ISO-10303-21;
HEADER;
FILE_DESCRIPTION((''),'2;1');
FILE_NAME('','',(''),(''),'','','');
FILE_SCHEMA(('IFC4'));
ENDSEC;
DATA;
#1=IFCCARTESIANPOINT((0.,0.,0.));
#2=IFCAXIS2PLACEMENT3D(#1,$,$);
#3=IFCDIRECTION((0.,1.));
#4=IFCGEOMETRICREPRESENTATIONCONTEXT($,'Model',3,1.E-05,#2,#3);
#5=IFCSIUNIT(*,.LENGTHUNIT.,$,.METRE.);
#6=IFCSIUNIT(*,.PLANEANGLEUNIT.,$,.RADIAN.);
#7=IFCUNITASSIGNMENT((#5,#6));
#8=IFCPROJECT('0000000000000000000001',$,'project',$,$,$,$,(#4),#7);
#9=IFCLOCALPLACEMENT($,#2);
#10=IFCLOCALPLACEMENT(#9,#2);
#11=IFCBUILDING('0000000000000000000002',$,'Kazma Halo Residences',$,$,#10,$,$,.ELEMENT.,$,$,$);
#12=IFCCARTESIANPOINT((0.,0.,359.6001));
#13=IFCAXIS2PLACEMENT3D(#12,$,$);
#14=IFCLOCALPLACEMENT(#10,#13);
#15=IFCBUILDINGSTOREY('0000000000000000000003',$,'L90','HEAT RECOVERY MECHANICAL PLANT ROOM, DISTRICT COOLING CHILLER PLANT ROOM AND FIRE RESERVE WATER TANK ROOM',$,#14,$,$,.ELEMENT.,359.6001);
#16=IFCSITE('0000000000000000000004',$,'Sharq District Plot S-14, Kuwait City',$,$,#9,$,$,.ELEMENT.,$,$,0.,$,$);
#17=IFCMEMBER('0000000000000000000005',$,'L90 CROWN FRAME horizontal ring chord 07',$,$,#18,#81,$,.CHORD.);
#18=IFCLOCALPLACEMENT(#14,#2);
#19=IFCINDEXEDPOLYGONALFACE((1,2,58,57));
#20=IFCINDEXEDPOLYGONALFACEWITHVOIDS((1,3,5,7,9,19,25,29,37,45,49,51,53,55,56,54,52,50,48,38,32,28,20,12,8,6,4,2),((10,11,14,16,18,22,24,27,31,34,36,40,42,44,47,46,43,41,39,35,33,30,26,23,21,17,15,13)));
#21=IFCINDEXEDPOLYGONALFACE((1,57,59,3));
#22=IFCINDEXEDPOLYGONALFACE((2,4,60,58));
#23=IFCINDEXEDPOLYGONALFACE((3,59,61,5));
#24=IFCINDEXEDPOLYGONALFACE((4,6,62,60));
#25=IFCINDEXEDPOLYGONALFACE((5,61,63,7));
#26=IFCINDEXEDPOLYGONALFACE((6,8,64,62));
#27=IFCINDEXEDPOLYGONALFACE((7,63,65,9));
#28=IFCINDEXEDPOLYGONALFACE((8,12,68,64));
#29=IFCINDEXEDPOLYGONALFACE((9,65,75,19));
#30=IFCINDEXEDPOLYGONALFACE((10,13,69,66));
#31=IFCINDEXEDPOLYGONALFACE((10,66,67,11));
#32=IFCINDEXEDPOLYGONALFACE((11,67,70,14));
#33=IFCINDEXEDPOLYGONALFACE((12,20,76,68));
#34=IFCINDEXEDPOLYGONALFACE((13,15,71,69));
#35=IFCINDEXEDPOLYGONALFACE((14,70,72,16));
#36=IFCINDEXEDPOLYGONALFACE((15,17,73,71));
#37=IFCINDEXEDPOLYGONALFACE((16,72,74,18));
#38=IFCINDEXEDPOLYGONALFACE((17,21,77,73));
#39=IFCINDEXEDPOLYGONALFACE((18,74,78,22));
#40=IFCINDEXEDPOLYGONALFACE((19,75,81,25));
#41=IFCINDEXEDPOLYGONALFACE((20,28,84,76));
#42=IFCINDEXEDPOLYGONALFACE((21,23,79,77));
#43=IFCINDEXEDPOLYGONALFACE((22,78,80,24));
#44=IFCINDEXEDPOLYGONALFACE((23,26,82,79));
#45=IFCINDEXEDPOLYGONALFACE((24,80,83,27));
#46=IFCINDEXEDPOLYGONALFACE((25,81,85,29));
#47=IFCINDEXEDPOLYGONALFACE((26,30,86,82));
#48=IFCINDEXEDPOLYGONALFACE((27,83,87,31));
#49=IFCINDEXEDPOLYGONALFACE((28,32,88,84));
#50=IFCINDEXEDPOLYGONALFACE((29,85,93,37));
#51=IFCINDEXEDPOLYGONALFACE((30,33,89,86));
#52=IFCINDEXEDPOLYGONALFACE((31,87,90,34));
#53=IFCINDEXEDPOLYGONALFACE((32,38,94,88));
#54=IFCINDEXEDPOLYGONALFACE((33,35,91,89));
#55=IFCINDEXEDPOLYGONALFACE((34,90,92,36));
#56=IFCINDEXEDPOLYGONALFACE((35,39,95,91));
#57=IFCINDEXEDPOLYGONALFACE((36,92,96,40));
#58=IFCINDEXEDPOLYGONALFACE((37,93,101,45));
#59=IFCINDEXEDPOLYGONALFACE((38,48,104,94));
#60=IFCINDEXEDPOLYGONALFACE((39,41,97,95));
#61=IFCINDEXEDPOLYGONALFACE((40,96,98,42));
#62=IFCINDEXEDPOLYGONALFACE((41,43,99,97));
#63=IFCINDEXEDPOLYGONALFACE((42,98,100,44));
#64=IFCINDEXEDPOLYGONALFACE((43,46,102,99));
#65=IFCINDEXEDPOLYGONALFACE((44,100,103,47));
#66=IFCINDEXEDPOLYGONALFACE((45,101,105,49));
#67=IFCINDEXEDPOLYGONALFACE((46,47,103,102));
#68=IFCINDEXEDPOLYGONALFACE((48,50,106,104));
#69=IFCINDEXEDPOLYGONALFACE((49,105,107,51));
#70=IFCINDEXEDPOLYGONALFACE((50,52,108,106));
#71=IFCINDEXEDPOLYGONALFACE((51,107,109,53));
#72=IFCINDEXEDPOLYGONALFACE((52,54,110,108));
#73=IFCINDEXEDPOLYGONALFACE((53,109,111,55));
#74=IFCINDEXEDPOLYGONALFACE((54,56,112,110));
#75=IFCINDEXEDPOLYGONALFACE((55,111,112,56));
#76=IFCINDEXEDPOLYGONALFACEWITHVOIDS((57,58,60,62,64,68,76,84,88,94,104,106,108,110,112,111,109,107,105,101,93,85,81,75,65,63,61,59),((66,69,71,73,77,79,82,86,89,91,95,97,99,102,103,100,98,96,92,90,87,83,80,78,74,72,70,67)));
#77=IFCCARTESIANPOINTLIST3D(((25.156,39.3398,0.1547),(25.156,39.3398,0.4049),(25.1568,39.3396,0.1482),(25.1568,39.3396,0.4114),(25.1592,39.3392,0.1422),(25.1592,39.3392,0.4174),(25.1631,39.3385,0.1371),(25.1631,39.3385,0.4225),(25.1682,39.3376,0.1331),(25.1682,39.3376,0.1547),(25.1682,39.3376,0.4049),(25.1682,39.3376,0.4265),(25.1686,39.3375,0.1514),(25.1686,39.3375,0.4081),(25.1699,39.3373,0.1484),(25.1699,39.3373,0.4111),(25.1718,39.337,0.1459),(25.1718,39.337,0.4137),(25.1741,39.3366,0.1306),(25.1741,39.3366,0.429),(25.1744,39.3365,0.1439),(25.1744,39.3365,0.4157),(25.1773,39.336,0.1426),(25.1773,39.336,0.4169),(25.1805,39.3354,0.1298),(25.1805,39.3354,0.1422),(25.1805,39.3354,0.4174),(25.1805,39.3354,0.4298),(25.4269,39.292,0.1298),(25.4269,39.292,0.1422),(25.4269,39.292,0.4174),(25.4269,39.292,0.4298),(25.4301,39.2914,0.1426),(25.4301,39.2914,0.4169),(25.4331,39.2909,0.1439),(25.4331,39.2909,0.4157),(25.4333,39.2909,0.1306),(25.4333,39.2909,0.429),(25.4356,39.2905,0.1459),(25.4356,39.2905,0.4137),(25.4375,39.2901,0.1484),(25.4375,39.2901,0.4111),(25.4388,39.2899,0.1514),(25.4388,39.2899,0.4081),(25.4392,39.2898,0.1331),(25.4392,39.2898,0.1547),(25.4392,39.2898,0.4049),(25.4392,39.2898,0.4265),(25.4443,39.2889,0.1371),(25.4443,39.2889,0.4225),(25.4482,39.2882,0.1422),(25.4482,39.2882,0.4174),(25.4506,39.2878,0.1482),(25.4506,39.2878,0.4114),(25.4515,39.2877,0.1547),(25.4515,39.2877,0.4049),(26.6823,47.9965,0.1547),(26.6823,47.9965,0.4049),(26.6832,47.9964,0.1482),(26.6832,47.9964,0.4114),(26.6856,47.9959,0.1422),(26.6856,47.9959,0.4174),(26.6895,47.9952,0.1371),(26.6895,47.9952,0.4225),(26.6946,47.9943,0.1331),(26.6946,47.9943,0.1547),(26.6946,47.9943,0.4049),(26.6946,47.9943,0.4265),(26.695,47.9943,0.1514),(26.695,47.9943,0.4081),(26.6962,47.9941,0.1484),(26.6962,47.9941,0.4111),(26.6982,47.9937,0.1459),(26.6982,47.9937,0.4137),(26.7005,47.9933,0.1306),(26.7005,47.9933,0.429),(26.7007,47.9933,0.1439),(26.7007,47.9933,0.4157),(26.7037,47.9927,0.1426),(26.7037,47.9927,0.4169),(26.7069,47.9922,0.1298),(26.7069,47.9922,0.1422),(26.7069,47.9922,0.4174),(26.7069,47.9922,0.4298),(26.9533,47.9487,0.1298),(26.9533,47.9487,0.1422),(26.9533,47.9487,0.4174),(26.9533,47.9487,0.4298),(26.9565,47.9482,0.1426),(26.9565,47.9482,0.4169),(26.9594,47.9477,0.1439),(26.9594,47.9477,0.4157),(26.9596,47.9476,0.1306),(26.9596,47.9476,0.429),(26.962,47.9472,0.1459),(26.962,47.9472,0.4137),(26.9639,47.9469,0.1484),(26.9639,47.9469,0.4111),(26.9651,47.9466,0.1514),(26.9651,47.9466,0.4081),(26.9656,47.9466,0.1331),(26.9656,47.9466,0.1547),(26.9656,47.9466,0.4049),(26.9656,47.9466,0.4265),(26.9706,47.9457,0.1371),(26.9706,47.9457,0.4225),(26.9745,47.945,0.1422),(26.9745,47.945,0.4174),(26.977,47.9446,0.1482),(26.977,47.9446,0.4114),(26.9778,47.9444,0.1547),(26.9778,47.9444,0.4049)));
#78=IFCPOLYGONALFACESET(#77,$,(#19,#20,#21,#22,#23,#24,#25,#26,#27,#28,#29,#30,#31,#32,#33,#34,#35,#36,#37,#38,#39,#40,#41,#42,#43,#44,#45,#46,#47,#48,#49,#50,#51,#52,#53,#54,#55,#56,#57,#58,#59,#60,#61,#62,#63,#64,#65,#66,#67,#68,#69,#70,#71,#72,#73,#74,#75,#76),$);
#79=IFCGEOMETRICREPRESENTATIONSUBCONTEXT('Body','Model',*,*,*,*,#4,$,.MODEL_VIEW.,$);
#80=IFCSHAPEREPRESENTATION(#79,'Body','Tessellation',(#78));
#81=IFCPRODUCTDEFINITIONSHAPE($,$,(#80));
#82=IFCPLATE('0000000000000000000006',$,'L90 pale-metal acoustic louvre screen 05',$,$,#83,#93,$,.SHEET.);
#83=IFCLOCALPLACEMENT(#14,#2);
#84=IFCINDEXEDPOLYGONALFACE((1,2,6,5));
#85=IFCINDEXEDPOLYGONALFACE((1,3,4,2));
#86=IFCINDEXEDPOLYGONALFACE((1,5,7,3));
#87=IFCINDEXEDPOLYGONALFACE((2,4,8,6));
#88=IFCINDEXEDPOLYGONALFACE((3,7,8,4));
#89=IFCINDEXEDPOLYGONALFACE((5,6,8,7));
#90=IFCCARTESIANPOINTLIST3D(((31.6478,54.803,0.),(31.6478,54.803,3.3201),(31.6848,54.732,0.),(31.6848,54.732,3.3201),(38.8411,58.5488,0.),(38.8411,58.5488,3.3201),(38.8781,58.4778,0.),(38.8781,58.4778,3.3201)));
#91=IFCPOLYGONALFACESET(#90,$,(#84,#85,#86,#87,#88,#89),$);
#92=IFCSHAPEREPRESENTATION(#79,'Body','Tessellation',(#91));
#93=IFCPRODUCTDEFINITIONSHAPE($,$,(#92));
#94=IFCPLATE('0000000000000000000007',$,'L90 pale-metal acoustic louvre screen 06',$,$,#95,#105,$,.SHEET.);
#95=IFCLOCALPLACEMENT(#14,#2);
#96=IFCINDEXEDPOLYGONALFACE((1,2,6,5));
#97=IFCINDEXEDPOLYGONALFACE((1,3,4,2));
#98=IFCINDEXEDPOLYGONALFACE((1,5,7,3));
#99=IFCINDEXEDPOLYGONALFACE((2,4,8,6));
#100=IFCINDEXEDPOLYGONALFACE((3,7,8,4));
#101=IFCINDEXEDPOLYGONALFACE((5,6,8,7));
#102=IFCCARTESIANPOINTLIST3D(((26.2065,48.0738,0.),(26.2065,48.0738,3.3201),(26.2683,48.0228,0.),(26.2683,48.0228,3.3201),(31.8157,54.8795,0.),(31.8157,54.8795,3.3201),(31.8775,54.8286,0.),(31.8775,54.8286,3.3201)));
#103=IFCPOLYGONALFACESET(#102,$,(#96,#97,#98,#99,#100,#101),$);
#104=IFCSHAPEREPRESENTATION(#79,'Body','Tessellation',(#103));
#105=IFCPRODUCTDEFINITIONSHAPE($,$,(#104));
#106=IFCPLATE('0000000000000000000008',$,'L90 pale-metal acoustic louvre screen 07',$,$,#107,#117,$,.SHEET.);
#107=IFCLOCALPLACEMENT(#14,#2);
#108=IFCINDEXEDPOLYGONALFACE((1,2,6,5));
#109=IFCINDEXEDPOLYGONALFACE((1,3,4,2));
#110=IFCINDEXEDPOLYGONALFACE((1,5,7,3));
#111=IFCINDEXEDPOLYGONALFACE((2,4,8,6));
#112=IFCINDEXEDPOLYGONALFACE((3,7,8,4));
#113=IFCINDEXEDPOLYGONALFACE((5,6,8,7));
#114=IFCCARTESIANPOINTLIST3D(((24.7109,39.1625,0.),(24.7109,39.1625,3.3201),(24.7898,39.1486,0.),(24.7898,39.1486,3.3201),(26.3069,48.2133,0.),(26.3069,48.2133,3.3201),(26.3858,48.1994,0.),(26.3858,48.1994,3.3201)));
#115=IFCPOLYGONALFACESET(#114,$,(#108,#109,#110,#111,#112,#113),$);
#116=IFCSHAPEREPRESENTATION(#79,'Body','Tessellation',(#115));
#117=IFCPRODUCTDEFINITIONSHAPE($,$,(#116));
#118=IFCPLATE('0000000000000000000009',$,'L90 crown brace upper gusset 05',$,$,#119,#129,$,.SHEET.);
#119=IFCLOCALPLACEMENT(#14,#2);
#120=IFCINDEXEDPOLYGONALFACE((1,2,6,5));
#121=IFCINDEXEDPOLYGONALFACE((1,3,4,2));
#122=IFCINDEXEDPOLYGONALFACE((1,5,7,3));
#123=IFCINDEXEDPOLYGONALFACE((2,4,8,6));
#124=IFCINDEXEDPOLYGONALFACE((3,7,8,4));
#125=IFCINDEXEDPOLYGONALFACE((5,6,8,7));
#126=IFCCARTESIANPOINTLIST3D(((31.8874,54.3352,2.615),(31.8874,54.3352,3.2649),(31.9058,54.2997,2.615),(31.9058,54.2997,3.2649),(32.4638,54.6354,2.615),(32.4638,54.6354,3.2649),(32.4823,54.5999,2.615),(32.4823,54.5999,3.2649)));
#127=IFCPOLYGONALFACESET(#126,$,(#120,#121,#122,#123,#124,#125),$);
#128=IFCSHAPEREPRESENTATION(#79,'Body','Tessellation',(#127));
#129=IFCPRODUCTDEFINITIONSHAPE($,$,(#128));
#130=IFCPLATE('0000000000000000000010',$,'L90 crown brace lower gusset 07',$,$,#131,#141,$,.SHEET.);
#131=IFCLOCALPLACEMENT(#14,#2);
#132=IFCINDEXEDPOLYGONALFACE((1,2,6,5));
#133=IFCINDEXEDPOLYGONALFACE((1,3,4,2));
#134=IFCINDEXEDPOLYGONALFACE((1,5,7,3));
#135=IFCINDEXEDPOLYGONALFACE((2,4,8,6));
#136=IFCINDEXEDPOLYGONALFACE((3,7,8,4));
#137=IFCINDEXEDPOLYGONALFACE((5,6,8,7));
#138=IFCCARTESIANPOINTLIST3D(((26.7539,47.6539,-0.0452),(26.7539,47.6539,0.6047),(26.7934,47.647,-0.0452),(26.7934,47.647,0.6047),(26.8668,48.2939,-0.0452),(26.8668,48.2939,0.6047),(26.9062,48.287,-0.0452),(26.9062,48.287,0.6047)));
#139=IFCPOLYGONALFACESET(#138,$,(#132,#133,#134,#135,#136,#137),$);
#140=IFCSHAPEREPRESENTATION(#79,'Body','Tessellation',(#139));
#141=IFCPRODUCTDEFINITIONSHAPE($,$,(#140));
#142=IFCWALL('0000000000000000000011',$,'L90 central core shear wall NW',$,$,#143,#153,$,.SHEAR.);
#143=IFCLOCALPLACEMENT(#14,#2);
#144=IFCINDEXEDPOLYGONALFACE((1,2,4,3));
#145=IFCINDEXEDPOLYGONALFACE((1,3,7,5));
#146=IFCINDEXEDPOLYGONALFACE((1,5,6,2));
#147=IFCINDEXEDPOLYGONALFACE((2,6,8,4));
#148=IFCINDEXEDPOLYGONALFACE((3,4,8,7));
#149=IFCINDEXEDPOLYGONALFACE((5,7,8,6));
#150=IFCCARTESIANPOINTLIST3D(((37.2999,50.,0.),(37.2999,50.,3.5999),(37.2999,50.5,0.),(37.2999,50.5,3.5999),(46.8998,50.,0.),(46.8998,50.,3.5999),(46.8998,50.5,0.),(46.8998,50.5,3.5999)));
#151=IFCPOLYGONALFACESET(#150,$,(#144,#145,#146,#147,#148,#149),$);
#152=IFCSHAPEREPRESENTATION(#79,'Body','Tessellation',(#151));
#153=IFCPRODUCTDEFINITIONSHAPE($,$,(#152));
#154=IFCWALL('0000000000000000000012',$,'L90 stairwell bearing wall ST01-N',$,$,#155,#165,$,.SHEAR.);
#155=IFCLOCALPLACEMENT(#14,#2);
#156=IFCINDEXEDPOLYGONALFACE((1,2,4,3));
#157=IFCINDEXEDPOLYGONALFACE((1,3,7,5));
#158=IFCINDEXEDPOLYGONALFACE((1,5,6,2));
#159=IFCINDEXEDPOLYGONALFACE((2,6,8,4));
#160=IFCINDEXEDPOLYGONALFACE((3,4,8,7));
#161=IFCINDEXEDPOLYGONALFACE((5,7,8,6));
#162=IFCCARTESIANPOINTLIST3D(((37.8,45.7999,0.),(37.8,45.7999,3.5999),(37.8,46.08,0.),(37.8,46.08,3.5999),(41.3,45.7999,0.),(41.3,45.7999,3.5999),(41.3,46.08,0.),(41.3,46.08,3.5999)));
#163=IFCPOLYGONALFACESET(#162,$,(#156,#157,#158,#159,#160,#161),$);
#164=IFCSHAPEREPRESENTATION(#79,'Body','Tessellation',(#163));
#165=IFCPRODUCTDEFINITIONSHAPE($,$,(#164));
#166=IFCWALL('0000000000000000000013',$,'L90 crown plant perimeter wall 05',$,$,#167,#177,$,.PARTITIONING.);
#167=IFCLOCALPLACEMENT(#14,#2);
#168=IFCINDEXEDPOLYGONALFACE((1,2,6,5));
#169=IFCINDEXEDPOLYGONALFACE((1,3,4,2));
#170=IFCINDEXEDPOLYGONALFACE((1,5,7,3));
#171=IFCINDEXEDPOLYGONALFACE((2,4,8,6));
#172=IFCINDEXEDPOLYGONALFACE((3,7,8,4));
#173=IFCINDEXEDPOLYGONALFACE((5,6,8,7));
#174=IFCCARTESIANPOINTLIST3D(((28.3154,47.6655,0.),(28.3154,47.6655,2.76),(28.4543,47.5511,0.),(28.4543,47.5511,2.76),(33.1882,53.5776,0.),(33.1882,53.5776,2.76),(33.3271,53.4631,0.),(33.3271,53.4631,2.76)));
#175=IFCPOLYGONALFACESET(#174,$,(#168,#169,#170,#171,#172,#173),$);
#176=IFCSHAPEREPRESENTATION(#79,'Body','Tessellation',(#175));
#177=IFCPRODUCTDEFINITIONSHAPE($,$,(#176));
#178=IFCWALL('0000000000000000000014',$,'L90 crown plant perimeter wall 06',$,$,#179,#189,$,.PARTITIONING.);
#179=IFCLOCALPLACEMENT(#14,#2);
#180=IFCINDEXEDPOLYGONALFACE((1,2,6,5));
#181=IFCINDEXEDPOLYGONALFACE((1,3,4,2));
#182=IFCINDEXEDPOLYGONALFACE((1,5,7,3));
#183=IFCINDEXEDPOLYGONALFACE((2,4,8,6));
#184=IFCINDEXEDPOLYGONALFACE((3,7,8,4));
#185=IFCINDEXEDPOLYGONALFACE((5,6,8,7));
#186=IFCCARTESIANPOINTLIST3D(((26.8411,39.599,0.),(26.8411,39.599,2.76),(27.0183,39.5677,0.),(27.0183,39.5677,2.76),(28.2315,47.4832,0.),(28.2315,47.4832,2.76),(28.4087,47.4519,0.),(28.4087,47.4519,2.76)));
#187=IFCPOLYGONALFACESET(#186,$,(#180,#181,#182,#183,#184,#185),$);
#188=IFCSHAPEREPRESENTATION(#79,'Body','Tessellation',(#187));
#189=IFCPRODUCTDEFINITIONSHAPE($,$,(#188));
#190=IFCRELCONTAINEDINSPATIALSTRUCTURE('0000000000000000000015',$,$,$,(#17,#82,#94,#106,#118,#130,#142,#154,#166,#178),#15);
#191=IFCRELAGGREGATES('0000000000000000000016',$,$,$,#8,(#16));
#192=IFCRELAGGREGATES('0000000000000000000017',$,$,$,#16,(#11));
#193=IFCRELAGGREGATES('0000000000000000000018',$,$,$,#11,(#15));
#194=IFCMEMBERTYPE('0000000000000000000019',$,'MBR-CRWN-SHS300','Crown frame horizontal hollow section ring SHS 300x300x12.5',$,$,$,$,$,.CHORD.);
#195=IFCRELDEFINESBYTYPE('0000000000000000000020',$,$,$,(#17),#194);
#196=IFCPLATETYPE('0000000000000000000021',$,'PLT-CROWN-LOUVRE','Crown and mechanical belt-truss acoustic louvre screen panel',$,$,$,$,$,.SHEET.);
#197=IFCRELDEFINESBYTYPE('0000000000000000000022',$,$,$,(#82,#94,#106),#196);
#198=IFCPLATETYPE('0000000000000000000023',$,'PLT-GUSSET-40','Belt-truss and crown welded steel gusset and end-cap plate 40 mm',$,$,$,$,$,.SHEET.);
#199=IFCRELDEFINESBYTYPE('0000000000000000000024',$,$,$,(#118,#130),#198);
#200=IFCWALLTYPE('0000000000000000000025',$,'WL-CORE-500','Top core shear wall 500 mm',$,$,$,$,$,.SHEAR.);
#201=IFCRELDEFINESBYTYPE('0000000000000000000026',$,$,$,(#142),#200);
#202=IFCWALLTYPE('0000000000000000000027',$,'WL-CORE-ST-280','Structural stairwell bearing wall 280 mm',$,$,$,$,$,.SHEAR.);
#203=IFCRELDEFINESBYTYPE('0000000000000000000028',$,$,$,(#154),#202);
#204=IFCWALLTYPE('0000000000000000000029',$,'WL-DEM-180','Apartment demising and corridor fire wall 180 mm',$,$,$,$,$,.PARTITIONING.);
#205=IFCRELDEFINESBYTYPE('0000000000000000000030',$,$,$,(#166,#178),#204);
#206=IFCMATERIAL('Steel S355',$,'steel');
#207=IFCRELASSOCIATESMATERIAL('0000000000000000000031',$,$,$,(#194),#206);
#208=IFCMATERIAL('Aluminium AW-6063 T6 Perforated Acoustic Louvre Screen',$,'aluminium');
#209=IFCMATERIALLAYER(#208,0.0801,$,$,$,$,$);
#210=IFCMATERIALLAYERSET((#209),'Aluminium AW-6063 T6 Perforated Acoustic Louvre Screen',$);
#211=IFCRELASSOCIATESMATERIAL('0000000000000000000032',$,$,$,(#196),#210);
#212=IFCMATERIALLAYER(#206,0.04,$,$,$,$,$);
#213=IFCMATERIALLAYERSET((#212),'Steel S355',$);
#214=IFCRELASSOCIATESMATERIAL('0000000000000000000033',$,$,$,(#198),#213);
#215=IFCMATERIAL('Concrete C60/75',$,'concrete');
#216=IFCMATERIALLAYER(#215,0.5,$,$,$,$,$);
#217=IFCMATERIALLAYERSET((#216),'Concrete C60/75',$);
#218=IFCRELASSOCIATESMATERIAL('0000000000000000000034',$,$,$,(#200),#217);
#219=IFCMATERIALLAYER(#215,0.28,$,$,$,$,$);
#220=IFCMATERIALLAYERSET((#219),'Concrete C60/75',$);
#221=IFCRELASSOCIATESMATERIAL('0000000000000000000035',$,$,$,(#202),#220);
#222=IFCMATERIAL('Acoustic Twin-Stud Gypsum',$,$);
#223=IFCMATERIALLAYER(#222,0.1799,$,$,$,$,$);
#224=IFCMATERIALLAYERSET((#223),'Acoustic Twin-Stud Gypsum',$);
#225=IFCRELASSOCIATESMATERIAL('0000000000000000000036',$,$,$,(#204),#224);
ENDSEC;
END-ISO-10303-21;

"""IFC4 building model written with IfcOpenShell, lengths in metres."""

from ifc_helpers import new_model, si_unit, direction, frame, frame_2d, origin, origin_2d, place, context, subcontext, project, spatial, rectangle, hollow_rectangle, extrude, material, layer, layer_set, material_profile, profile_set, type_object, element, save


model = new_model("IFC4")

# Units and contexts
model_context = context("Model", 3, precision=1e-05, world=origin(), true_north=direction((0.0, 1.0)))
body_context = subcontext(model_context, "Body", "Model", "MODEL_VIEW")
ifc_project = project(units=[si_unit("LENGTHUNIT", "METRE"), si_unit("PLANEANGLEUNIT", "RADIAN")], contexts=[model_context])

# Site, building, storey
site_placement = place(None, origin())
site = spatial("IfcSite", under=ifc_project, at=site_placement, Name="Sharq District Plot S-14, Kuwait City", CompositionType="ELEMENT", RefElevation=0.0)
building_placement = place(site_placement, origin())
building = spatial("IfcBuilding", under=site, at=building_placement, Name="Kazma Halo Residences", CompositionType="ELEMENT")
storey_placement = place(building_placement, frame((0.0, 0.0, 359.6001)))
storey = spatial("IfcBuildingStorey", under=building, at=storey_placement, Name="L90", Description="HEAT RECOVERY MECHANICAL PLANT ROOM, DISTRICT COOLING CHILLER PLANT ROOM AND FIRE RESERVE WATER TANK ROOM", CompositionType="ELEMENT", Elevation=359.6001)

# Shared definitions
ifc_material_1 = material(Name="Steel S355", Category="steel")

# Member
ifc_material_profile_1 = material_profile(ifc_material_1, hollow_rectangle(XDim=0.3, YDim=0.3, WallThickness=0.0125, InnerFilletRadius=0.0125, OuterFilletRadius=0.0249, at=origin_2d()), Name="SHS300x300x12.5")
ifc_profile_set_1 = profile_set([ifc_material_profile_1], Name="Steel S355")
member_type_1 = type_object("IfcMemberType", Name="MBR-CRWN-SHS300", Description="Crown frame horizontal hollow section ring SHS 300x300x12.5", PredefinedType="CHORD", material=ifc_profile_set_1)
member_1_placement = place(storey_placement, frame((26.8301, 47.9705, 0.2798), z_axis=(-0.173643, -0.984809, 0.0), x_axis=(0.984809, -0.173643, 0.0)))
element("IfcMember", 1, at=member_1_placement, inside=storey, type_object=member_type_1, Name="L90 CROWN FRAME horizontal ring chord 07", PredefinedType="CHORD", context=body_context, shape_type="SweptSolid", body=[
    extrude(hollow_rectangle(XDim=0.3, YDim=0.3, WallThickness=0.0125, InnerFilletRadius=0.0125, OuterFilletRadius=0.0249, at=origin_2d()), origin(), (0.0, 0.0, 1.0), 8.7903),
])

# Plates
ifc_material_2 = material(Name="Aluminium AW-6063 T6 Perforated Acoustic Louvre Screen", Category="aluminium")
ifc_layer_1 = layer(ifc_material_2, 0.0801)
ifc_layer_set_1 = layer_set([ifc_layer_1], Name="Aluminium AW-6063 T6 Perforated Acoustic Louvre Screen")
plate_type_1 = type_object("IfcPlateType", Name="PLT-CROWN-LOUVRE", Description="Crown and mechanical belt-truss acoustic louvre screen panel", PredefinedType="SHEET", material=ifc_layer_set_1)
plate_1_placement = place(storey_placement, frame((35.2629, 56.6404, 0.0), z_axis=(0.0, 0.0, 1.0), x_axis=(-0.88695, -0.461866, 0.0)))
element("IfcPlate", 2, at=plate_1_placement, inside=storey, type_object=plate_type_1, Name="L90 pale-metal acoustic louvre screen 05", PredefinedType="SHEET", context=body_context, shape_type="SweptSolid", body=[
    extrude(rectangle(XDim=8.1101, YDim=0.0801, at=origin_2d()), origin(), (0.0, 0.0, 1.0), 3.3201),
])
plate_2_placement = place(storey_placement, frame((29.042, 51.4512, 0.0), z_axis=(0.0, 0.0, 1.0), x_axis=(-0.636008, -0.771683, 0.0)))
element("IfcPlate", 3, at=plate_2_placement, inside=storey, type_object=plate_type_1, Name="L90 pale-metal acoustic louvre screen 06", PredefinedType="SHEET", context=body_context, shape_type="SweptSolid", body=[
    extrude(rectangle(XDim=8.8193, YDim=0.0801, at=origin_2d()), origin(), (0.0, 0.0, 1.0), 3.3201),
])
plate_3_placement = place(storey_placement, frame((25.5483, 43.6809, 0.0), z_axis=(0.0, 0.0, 1.0), x_axis=(-0.173656, -0.984806, 0.0)))
element("IfcPlate", 4, at=plate_3_placement, inside=storey, type_object=plate_type_1, Name="L90 pale-metal acoustic louvre screen 07", PredefinedType="SHEET", context=body_context, shape_type="SweptSolid", body=[
    extrude(rectangle(XDim=9.1904, YDim=0.0801, at=origin_2d()), origin(), (0.0, 0.0, 1.0), 3.3201),
])
ifc_layer_2 = layer(ifc_material_1, 0.04)
ifc_layer_set_2 = layer_set([ifc_layer_2], Name="Steel S355")
plate_type_2 = type_object("IfcPlateType", Name="PLT-GUSSET-40", Description="Belt-truss and crown welded steel gusset and end-cap plate 40 mm", PredefinedType="SHEET", material=ifc_layer_set_2)
for number, where, z_axis, x_axis, name in (
    (5, (32.1848, 54.4675, 2.615), (0.0, 0.0, 1.0), (-0.88695, -0.461866, 0.0), "L90 crown brace upper gusset 05"),
    (6, (26.8301, 47.9705, -0.0452), (0.0, 0.0, 1.0), (-0.173656, -0.984806, 0.0), "L90 crown brace lower gusset 07"),
):
    element("IfcPlate", number, at=place(storey_placement, frame(where, z_axis=z_axis, x_axis=x_axis)), inside=storey, type_object=plate_type_2, Name=name, PredefinedType="SHEET", context=body_context, shape_type="SweptSolid", body=[
        extrude(rectangle(XDim=0.6499, YDim=0.04, at=origin_2d()), origin(), (0.0, 0.0, 1.0), 0.6499),
    ])

# Walls
ifc_material_3 = material(Name="Concrete C60/75", Category="concrete")
ifc_layer_3 = layer(ifc_material_3, 0.5)
ifc_layer_set_3 = layer_set([ifc_layer_3], Name="Concrete C60/75")
wall_type_1 = type_object("IfcWallType", Name="WL-CORE-500", Description="Top core shear wall 500 mm", PredefinedType="SHEAR", material=ifc_layer_set_3)
wall_1_placement = place(storey_placement, frame((37.3, 50.25, 0.0), z_axis=(0.0, 0.0, 1.0), x_axis=(1.0, 0.0, 0.0)))
element("IfcWall", 7, at=wall_1_placement, inside=storey, type_object=wall_type_1, Name="L90 central core shear wall NW", PredefinedType="SHEAR", context=body_context, shape_type="SweptSolid", body=[
    extrude(rectangle(XDim=9.5999, YDim=0.5, at=frame_2d((4.7998, 0.0))), origin(), (0.0, 0.0, 1.0), 3.5999),
])
ifc_layer_4 = layer(ifc_material_3, 0.28)
ifc_layer_set_4 = layer_set([ifc_layer_4], Name="Concrete C60/75")
wall_type_2 = type_object("IfcWallType", Name="WL-CORE-ST-280", Description="Structural stairwell bearing wall 280 mm", PredefinedType="SHEAR", material=ifc_layer_set_4)
wall_2_placement = place(storey_placement, frame((37.8, 45.9399, 0.0), z_axis=(0.0, 0.0, 1.0), x_axis=(1.0, 0.0, 0.0)))
element("IfcWall", 8, at=wall_2_placement, inside=storey, type_object=wall_type_2, Name="L90 stairwell bearing wall ST01-N", PredefinedType="SHEAR", context=body_context, shape_type="SweptSolid", body=[
    extrude(rectangle(XDim=3.5, YDim=0.28, at=frame_2d((1.75, 0.0))), origin(), (0.0, 0.0, 1.0), 3.5999),
])
ifc_material_4 = material(Name="Acoustic Twin-Stud Gypsum")
ifc_layer_5 = layer(ifc_material_4, 0.1799)
ifc_layer_set_5 = layer_set([ifc_layer_5], Name="Acoustic Twin-Stud Gypsum")
wall_type_3 = type_object("IfcWallType", Name="WL-DEM-180", Description="Apartment demising and corridor fire wall 180 mm", PredefinedType="PARTITIONING", material=ifc_layer_set_5)
wall_3_placement = place(storey_placement, frame((33.2576, 53.5203, 0.0), z_axis=(0.0, 0.0, 1.0), x_axis=(-0.636019, -0.771674, 0.0)))
element("IfcWall", 9, at=wall_3_placement, inside=storey, type_object=wall_type_3, Name="L90 crown plant perimeter wall 05", PredefinedType="PARTITIONING", context=body_context, shape_type="SweptSolid", body=[
    extrude(rectangle(XDim=7.6614, YDim=0.1799, at=frame_2d((3.8306, 0.0))), origin(), (0.0, 0.0, 1.0), 2.76),
])
wall_4_placement = place(storey_placement, frame((28.3201, 47.4675, 0.0), z_axis=(0.0, 0.0, 1.0), x_axis=(-0.173669, -0.984804, 0.0)))
element("IfcWall", 10, at=wall_4_placement, inside=storey, type_object=wall_type_3, Name="L90 crown plant perimeter wall 06", PredefinedType="PARTITIONING", context=body_context, shape_type="SweptSolid", body=[
    extrude(rectangle(XDim=8.0059, YDim=0.1799, at=frame_2d((4.0029, 0.0))), origin(), (0.0, 0.0, 1.0), 2.76),
])

save(model, "model.ifc")
